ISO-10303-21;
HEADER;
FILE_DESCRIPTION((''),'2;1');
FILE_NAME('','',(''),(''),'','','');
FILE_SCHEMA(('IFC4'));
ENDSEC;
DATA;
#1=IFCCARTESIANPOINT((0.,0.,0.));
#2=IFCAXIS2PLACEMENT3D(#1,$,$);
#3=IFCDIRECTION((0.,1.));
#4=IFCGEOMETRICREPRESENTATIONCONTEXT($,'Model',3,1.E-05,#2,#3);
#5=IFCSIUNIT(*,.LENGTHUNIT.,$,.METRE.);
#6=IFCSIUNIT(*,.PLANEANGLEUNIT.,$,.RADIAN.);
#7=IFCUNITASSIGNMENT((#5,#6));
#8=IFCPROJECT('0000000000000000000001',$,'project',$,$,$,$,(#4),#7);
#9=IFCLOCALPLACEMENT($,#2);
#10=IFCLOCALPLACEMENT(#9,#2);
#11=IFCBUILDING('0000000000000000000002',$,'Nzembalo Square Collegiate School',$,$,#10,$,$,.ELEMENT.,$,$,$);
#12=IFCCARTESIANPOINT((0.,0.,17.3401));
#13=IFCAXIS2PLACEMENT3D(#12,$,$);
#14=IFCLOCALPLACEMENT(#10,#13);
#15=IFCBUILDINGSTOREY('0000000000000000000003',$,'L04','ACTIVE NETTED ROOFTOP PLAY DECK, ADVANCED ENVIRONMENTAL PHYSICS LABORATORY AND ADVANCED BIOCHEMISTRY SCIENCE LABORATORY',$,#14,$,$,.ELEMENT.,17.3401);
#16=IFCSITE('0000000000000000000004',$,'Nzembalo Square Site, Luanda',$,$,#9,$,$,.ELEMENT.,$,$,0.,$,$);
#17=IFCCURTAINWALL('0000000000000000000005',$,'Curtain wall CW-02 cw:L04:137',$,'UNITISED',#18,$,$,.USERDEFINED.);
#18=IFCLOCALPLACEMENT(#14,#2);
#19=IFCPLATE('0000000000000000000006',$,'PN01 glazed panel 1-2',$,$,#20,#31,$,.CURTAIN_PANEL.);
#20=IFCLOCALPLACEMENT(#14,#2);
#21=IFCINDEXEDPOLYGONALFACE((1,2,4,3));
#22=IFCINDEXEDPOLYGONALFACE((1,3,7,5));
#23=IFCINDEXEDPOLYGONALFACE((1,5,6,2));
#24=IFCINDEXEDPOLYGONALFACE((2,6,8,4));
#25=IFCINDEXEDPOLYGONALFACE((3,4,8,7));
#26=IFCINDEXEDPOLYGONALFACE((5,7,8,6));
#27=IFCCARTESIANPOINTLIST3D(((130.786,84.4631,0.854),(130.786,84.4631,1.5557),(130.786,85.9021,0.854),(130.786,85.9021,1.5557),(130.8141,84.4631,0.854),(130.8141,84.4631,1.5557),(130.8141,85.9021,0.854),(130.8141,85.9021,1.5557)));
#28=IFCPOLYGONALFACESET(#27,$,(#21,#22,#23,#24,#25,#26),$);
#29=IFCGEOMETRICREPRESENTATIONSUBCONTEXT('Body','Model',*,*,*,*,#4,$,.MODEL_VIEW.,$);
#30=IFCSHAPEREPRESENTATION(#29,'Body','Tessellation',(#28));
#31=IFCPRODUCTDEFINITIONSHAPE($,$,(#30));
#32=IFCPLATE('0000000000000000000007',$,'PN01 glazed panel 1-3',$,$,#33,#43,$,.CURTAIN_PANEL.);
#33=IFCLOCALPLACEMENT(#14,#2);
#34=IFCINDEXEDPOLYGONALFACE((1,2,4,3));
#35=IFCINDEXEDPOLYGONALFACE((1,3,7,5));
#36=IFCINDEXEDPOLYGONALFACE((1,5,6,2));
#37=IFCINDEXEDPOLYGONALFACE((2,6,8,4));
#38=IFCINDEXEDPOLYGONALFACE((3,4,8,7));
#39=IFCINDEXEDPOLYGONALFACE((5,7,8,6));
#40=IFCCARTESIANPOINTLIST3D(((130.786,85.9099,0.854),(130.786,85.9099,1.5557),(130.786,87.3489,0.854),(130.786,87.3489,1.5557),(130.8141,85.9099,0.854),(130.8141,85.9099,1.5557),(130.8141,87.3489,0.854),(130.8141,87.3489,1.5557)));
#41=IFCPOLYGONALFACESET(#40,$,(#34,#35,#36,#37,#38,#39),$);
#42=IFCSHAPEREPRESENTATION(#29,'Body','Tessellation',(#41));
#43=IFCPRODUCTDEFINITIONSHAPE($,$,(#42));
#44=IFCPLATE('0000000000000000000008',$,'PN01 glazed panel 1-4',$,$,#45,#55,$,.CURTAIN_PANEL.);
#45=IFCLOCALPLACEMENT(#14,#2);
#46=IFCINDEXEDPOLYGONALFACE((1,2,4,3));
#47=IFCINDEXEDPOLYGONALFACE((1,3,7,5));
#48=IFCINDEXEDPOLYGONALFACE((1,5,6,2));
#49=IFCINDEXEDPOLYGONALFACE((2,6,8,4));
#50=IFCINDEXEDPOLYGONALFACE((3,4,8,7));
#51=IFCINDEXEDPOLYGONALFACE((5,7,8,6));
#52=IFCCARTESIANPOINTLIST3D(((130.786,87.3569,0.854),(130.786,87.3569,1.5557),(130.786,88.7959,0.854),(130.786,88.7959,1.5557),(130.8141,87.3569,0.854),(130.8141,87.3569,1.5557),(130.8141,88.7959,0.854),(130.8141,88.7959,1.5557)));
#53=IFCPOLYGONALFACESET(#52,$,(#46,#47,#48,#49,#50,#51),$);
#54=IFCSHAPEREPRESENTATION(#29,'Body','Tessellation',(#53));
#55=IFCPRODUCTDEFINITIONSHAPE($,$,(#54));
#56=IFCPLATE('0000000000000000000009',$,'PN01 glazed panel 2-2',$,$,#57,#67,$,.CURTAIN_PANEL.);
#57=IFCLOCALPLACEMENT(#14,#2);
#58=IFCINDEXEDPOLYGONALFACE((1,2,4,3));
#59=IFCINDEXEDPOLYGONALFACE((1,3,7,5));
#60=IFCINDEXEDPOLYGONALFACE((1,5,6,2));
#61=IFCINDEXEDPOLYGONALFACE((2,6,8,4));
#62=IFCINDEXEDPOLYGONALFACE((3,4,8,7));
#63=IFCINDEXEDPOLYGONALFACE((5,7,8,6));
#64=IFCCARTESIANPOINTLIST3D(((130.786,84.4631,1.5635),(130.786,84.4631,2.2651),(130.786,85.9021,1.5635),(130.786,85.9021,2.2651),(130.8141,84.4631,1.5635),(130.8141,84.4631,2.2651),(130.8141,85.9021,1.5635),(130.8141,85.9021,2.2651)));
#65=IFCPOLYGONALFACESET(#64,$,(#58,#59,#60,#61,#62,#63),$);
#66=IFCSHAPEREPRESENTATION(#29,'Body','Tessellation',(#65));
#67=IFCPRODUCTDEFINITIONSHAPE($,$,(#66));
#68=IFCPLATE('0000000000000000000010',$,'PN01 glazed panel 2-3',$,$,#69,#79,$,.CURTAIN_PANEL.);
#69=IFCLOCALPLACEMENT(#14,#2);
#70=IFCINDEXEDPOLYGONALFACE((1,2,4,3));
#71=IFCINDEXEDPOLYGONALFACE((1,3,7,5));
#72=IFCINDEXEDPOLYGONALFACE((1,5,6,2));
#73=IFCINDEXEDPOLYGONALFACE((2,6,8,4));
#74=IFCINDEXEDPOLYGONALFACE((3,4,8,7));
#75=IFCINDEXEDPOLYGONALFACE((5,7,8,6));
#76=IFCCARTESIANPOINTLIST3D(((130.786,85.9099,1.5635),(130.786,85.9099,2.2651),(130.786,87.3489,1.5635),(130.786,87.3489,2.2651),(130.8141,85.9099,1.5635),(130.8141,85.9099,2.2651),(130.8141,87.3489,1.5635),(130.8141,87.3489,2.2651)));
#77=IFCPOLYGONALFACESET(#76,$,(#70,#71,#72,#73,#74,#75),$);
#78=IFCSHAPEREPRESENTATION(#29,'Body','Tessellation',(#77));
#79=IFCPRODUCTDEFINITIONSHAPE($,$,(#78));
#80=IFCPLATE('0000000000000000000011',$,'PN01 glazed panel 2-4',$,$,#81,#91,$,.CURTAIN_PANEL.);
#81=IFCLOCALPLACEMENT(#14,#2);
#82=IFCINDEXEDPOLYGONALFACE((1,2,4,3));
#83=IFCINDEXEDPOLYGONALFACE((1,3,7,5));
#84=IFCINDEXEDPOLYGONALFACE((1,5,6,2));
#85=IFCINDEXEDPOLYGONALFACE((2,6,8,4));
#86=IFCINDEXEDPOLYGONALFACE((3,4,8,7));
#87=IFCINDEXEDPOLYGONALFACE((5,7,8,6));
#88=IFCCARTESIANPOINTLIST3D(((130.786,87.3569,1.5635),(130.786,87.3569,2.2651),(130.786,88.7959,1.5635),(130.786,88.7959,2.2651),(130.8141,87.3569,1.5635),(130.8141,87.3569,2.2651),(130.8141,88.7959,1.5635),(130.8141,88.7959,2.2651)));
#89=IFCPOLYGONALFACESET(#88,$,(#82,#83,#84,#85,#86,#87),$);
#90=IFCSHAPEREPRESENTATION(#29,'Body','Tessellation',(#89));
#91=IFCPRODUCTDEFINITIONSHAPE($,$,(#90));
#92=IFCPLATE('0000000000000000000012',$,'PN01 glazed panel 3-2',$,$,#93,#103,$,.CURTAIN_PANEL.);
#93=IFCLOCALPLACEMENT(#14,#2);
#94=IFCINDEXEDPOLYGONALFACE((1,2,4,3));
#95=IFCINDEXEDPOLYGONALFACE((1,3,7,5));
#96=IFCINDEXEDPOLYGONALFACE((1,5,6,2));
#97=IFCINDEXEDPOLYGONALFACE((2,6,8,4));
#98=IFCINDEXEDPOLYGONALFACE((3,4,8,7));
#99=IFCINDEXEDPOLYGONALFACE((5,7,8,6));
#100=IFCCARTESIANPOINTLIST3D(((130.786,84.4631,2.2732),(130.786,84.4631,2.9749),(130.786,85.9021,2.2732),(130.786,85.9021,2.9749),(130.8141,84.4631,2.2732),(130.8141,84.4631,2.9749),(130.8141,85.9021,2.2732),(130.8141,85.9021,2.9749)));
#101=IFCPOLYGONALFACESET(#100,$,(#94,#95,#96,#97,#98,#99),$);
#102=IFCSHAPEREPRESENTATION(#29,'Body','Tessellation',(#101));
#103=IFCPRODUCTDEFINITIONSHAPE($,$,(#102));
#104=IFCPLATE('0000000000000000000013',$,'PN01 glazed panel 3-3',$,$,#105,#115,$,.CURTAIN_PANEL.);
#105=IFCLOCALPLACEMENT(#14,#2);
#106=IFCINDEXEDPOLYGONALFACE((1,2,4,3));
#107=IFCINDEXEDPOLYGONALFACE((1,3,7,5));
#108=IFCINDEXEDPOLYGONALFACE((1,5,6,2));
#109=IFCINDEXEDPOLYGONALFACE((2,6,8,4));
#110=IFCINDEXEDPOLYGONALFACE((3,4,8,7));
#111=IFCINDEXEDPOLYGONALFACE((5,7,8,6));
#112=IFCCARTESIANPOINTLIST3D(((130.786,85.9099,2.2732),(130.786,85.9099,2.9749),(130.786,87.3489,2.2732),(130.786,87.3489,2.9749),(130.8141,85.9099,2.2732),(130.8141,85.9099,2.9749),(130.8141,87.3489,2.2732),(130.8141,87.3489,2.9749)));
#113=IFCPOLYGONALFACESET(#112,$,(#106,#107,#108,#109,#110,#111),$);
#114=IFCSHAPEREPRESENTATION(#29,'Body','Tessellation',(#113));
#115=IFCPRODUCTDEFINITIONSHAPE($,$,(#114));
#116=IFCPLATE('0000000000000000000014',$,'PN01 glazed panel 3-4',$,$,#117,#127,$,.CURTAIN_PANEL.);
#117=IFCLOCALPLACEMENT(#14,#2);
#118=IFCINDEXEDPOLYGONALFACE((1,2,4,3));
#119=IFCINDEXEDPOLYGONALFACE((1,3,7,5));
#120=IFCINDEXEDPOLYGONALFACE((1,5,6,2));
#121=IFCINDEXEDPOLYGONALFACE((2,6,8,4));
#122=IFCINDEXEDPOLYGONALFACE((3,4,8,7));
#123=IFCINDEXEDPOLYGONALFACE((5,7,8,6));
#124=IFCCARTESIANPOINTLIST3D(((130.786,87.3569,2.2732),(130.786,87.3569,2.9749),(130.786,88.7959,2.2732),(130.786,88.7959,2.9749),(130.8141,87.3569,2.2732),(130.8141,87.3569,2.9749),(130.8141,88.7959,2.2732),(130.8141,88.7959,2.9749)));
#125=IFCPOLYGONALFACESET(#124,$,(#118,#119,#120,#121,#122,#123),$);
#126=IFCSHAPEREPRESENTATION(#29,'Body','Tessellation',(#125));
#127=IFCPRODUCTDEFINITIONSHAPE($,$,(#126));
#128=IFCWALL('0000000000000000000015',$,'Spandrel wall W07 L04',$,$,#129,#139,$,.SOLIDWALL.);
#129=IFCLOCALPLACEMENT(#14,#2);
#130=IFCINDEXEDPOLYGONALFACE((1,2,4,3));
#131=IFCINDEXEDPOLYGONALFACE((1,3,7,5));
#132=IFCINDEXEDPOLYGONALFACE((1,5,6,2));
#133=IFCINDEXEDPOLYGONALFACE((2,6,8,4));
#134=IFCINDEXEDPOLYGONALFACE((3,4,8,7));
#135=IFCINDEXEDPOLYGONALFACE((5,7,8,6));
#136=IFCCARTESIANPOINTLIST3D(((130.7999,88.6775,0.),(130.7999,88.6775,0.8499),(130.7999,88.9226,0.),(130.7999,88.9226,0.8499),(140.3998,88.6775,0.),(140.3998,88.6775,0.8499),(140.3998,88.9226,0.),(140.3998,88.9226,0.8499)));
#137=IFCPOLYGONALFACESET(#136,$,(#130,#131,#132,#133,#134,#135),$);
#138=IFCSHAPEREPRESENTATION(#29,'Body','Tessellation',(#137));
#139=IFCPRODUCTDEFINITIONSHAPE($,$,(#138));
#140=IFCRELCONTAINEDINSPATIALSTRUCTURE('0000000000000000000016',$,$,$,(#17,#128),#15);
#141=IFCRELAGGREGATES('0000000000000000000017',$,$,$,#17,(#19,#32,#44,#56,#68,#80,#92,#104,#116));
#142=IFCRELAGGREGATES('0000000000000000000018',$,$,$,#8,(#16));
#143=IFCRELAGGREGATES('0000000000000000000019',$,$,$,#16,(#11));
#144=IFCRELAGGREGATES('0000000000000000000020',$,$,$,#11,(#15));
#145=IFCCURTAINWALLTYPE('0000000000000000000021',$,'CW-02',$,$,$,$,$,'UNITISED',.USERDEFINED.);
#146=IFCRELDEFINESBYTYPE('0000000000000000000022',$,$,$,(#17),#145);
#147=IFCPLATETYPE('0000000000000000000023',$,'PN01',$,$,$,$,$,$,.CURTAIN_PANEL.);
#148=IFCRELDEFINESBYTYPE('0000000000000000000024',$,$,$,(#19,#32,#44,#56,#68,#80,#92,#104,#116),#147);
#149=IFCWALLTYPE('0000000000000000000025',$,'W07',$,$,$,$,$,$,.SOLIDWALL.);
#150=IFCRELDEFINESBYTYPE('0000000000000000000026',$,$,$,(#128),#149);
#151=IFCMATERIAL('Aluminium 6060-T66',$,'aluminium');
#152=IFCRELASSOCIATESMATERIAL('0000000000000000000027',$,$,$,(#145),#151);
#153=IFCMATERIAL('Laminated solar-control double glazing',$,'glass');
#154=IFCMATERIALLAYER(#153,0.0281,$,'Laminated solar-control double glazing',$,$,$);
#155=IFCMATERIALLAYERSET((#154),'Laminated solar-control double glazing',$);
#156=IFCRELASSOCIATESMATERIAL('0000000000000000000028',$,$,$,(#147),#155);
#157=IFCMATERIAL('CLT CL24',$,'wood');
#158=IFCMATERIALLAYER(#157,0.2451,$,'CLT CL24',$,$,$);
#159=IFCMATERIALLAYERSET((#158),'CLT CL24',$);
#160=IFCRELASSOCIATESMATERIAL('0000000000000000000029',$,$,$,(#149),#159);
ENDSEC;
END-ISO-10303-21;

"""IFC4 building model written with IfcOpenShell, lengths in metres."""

from ifc_helpers import new_model, si_unit, direction, frame, frame_2d, origin, origin_2d, place, context, subcontext, project, spatial, rectangle, extrude, material, layer, layer_set, type_object, element, aggregate, save


model = new_model("IFC4")

# Units and contexts
model_context = context("Model", 3, precision=1e-05, world=origin(), true_north=direction((0.0, 1.0)))
body_context = subcontext(model_context, "Body", "Model", "MODEL_VIEW")
ifc_project = project(units=[si_unit("LENGTHUNIT", "METRE"), si_unit("PLANEANGLEUNIT", "RADIAN")], contexts=[model_context])

# Site, building, storey
site_placement = place(None, origin())
site = spatial("IfcSite", under=ifc_project, at=site_placement, Name="Nzembalo Square Site, Luanda", CompositionType="ELEMENT", RefElevation=0.0)
building_placement = place(site_placement, origin())
building = spatial("IfcBuilding", under=site, at=building_placement, Name="Nzembalo Square Collegiate School", CompositionType="ELEMENT")
storey_placement = place(building_placement, frame((0.0, 0.0, 17.3401)))
storey = spatial("IfcBuildingStorey", under=building, at=storey_placement, Name="L04", Description="ACTIVE NETTED ROOFTOP PLAY DECK, ADVANCED ENVIRONMENTAL PHYSICS LABORATORY AND ADVANCED BIOCHEMISTRY SCIENCE LABORATORY", CompositionType="ELEMENT", Elevation=17.3401)

# Curtain wall, plates
ifc_material_1 = material(Name="Aluminium 6060-T66", Category="aluminium")
curtain_wall_type = type_object("IfcCurtainWallType", Name="CW-02", ElementType="UNITISED", PredefinedType="USERDEFINED", material=ifc_material_1)
curtain_wall_placement = place(storey_placement, origin())
curtain_wall = element("IfcCurtainWall", 1, at=curtain_wall_placement, inside=storey, type_object=curtain_wall_type, Name="Curtain wall CW-02 cw:L04:137", ObjectType="UNITISED", PredefinedType="USERDEFINED")
ifc_material_2 = material(Name="Laminated solar-control double glazing", Category="glass")
ifc_layer_1 = layer(ifc_material_2, 0.0281, Name="Laminated solar-control double glazing")
ifc_layer_set_1 = layer_set([ifc_layer_1], Name="Laminated solar-control double glazing")
plate_type = type_object("IfcPlateType", Name="PN01", PredefinedType="CURTAIN_PANEL", material=ifc_layer_set_1)
plate_1_placement = place(storey_placement, frame((130.8, 85.1826, 0.854), z_axis=(0.0, 0.0, 1.0), x_axis=(0.0, 1.0, 0.0)))
plate_1 = element("IfcPlate", 2, at=plate_1_placement, type_object=plate_type, Name="PN01 glazed panel 1-2", PredefinedType="CURTAIN_PANEL", context=body_context, shape_type="SweptSolid", body=[
    extrude(rectangle(XDim=1.439, YDim=0.0281, at=origin_2d()), origin(), (0.0, 0.0, 1.0), 0.7017),
])
plate_2_placement = place(storey_placement, frame((130.8, 86.6294, 0.854), z_axis=(0.0, 0.0, 1.0), x_axis=(0.0, 1.0, 0.0)))
plate_2 = element("IfcPlate", 3, at=plate_2_placement, type_object=plate_type, Name="PN01 glazed panel 1-3", PredefinedType="CURTAIN_PANEL", context=body_context, shape_type="SweptSolid", body=[
    extrude(rectangle(XDim=1.439, YDim=0.0281, at=origin_2d()), origin(), (0.0, 0.0, 1.0), 0.7017),
])
plate_3_placement = place(storey_placement, frame((130.8, 88.0764, 0.854), z_axis=(0.0, 0.0, 1.0), x_axis=(0.0, 1.0, 0.0)))
plate_3 = element("IfcPlate", 4, at=plate_3_placement, type_object=plate_type, Name="PN01 glazed panel 1-4", PredefinedType="CURTAIN_PANEL", context=body_context, shape_type="SweptSolid", body=[
    extrude(rectangle(XDim=1.439, YDim=0.0281, at=origin_2d()), origin(), (0.0, 0.0, 1.0), 0.7017),
])
plate_4_placement = place(storey_placement, frame((130.8, 85.1826, 1.5635), z_axis=(0.0, 0.0, 1.0), x_axis=(0.0, 1.0, 0.0)))
plate_4 = element("IfcPlate", 5, at=plate_4_placement, type_object=plate_type, Name="PN01 glazed panel 2-2", PredefinedType="CURTAIN_PANEL", context=body_context, shape_type="SweptSolid", body=[
    extrude(rectangle(XDim=1.439, YDim=0.0281, at=origin_2d()), origin(), (0.0, 0.0, 1.0), 0.7017),
])
plate_5_placement = place(storey_placement, frame((130.8, 86.6294, 1.5635), z_axis=(0.0, 0.0, 1.0), x_axis=(0.0, 1.0, 0.0)))
plate_5 = element("IfcPlate", 6, at=plate_5_placement, type_object=plate_type, Name="PN01 glazed panel 2-3", PredefinedType="CURTAIN_PANEL", context=body_context, shape_type="SweptSolid", body=[
    extrude(rectangle(XDim=1.439, YDim=0.0281, at=origin_2d()), origin(), (0.0, 0.0, 1.0), 0.7017),
])
plate_6_placement = place(storey_placement, frame((130.8, 88.0764, 1.5635), z_axis=(0.0, 0.0, 1.0), x_axis=(0.0, 1.0, 0.0)))
plate_6 = element("IfcPlate", 7, at=plate_6_placement, type_object=plate_type, Name="PN01 glazed panel 2-4", PredefinedType="CURTAIN_PANEL", context=body_context, shape_type="SweptSolid", body=[
    extrude(rectangle(XDim=1.439, YDim=0.0281, at=origin_2d()), origin(), (0.0, 0.0, 1.0), 0.7017),
])
plate_7_placement = place(storey_placement, frame((130.8, 85.1826, 2.2732), z_axis=(0.0, 0.0, 1.0), x_axis=(0.0, 1.0, 0.0)))
plate_7 = element("IfcPlate", 8, at=plate_7_placement, type_object=plate_type, Name="PN01 glazed panel 3-2", PredefinedType="CURTAIN_PANEL", context=body_context, shape_type="SweptSolid", body=[
    extrude(rectangle(XDim=1.439, YDim=0.0281, at=origin_2d()), origin(), (0.0, 0.0, 1.0), 0.7017),
])
plate_8_placement = place(storey_placement, frame((130.8, 86.6294, 2.2732), z_axis=(0.0, 0.0, 1.0), x_axis=(0.0, 1.0, 0.0)))
plate_8 = element("IfcPlate", 9, at=plate_8_placement, type_object=plate_type, Name="PN01 glazed panel 3-3", PredefinedType="CURTAIN_PANEL", context=body_context, shape_type="SweptSolid", body=[
    extrude(rectangle(XDim=1.439, YDim=0.0281, at=origin_2d()), origin(), (0.0, 0.0, 1.0), 0.7017),
])
plate_9_placement = place(storey_placement, frame((130.8, 88.0764, 2.2732), z_axis=(0.0, 0.0, 1.0), x_axis=(0.0, 1.0, 0.0)))
plate_9 = element("IfcPlate", 10, at=plate_9_placement, type_object=plate_type, Name="PN01 glazed panel 3-4", PredefinedType="CURTAIN_PANEL", context=body_context, shape_type="SweptSolid", body=[
    extrude(rectangle(XDim=1.439, YDim=0.0281, at=origin_2d()), origin(), (0.0, 0.0, 1.0), 0.7017),
])
aggregate(curtain_wall, [plate_1, plate_2, plate_3, plate_4, plate_5, plate_6, plate_7, plate_8, plate_9])

# Wall
ifc_material_3 = material(Name="CLT CL24", Category="wood")
ifc_layer_2 = layer(ifc_material_3, 0.2451, Name="CLT CL24")
ifc_layer_set_2 = layer_set([ifc_layer_2], Name="CLT CL24")
wall_type = type_object("IfcWallType", Name="W07", PredefinedType="SOLIDWALL", material=ifc_layer_set_2)
wall_placement = place(storey_placement, frame((130.8, 88.8, 0.0), z_axis=(0.0, 0.0, 1.0), x_axis=(1.0, 0.0, 0.0)))
element("IfcWall", 11, at=wall_placement, inside=storey, type_object=wall_type, Name="Spandrel wall W07 L04", PredefinedType="SOLIDWALL", context=body_context, shape_type="SweptSolid", body=[
    extrude(rectangle(XDim=9.5999, YDim=0.2451, at=frame_2d((4.7998, 0.0))), origin(), (0.0, 0.0, 1.0), 0.8499),
])

save(model, "model.ifc")
